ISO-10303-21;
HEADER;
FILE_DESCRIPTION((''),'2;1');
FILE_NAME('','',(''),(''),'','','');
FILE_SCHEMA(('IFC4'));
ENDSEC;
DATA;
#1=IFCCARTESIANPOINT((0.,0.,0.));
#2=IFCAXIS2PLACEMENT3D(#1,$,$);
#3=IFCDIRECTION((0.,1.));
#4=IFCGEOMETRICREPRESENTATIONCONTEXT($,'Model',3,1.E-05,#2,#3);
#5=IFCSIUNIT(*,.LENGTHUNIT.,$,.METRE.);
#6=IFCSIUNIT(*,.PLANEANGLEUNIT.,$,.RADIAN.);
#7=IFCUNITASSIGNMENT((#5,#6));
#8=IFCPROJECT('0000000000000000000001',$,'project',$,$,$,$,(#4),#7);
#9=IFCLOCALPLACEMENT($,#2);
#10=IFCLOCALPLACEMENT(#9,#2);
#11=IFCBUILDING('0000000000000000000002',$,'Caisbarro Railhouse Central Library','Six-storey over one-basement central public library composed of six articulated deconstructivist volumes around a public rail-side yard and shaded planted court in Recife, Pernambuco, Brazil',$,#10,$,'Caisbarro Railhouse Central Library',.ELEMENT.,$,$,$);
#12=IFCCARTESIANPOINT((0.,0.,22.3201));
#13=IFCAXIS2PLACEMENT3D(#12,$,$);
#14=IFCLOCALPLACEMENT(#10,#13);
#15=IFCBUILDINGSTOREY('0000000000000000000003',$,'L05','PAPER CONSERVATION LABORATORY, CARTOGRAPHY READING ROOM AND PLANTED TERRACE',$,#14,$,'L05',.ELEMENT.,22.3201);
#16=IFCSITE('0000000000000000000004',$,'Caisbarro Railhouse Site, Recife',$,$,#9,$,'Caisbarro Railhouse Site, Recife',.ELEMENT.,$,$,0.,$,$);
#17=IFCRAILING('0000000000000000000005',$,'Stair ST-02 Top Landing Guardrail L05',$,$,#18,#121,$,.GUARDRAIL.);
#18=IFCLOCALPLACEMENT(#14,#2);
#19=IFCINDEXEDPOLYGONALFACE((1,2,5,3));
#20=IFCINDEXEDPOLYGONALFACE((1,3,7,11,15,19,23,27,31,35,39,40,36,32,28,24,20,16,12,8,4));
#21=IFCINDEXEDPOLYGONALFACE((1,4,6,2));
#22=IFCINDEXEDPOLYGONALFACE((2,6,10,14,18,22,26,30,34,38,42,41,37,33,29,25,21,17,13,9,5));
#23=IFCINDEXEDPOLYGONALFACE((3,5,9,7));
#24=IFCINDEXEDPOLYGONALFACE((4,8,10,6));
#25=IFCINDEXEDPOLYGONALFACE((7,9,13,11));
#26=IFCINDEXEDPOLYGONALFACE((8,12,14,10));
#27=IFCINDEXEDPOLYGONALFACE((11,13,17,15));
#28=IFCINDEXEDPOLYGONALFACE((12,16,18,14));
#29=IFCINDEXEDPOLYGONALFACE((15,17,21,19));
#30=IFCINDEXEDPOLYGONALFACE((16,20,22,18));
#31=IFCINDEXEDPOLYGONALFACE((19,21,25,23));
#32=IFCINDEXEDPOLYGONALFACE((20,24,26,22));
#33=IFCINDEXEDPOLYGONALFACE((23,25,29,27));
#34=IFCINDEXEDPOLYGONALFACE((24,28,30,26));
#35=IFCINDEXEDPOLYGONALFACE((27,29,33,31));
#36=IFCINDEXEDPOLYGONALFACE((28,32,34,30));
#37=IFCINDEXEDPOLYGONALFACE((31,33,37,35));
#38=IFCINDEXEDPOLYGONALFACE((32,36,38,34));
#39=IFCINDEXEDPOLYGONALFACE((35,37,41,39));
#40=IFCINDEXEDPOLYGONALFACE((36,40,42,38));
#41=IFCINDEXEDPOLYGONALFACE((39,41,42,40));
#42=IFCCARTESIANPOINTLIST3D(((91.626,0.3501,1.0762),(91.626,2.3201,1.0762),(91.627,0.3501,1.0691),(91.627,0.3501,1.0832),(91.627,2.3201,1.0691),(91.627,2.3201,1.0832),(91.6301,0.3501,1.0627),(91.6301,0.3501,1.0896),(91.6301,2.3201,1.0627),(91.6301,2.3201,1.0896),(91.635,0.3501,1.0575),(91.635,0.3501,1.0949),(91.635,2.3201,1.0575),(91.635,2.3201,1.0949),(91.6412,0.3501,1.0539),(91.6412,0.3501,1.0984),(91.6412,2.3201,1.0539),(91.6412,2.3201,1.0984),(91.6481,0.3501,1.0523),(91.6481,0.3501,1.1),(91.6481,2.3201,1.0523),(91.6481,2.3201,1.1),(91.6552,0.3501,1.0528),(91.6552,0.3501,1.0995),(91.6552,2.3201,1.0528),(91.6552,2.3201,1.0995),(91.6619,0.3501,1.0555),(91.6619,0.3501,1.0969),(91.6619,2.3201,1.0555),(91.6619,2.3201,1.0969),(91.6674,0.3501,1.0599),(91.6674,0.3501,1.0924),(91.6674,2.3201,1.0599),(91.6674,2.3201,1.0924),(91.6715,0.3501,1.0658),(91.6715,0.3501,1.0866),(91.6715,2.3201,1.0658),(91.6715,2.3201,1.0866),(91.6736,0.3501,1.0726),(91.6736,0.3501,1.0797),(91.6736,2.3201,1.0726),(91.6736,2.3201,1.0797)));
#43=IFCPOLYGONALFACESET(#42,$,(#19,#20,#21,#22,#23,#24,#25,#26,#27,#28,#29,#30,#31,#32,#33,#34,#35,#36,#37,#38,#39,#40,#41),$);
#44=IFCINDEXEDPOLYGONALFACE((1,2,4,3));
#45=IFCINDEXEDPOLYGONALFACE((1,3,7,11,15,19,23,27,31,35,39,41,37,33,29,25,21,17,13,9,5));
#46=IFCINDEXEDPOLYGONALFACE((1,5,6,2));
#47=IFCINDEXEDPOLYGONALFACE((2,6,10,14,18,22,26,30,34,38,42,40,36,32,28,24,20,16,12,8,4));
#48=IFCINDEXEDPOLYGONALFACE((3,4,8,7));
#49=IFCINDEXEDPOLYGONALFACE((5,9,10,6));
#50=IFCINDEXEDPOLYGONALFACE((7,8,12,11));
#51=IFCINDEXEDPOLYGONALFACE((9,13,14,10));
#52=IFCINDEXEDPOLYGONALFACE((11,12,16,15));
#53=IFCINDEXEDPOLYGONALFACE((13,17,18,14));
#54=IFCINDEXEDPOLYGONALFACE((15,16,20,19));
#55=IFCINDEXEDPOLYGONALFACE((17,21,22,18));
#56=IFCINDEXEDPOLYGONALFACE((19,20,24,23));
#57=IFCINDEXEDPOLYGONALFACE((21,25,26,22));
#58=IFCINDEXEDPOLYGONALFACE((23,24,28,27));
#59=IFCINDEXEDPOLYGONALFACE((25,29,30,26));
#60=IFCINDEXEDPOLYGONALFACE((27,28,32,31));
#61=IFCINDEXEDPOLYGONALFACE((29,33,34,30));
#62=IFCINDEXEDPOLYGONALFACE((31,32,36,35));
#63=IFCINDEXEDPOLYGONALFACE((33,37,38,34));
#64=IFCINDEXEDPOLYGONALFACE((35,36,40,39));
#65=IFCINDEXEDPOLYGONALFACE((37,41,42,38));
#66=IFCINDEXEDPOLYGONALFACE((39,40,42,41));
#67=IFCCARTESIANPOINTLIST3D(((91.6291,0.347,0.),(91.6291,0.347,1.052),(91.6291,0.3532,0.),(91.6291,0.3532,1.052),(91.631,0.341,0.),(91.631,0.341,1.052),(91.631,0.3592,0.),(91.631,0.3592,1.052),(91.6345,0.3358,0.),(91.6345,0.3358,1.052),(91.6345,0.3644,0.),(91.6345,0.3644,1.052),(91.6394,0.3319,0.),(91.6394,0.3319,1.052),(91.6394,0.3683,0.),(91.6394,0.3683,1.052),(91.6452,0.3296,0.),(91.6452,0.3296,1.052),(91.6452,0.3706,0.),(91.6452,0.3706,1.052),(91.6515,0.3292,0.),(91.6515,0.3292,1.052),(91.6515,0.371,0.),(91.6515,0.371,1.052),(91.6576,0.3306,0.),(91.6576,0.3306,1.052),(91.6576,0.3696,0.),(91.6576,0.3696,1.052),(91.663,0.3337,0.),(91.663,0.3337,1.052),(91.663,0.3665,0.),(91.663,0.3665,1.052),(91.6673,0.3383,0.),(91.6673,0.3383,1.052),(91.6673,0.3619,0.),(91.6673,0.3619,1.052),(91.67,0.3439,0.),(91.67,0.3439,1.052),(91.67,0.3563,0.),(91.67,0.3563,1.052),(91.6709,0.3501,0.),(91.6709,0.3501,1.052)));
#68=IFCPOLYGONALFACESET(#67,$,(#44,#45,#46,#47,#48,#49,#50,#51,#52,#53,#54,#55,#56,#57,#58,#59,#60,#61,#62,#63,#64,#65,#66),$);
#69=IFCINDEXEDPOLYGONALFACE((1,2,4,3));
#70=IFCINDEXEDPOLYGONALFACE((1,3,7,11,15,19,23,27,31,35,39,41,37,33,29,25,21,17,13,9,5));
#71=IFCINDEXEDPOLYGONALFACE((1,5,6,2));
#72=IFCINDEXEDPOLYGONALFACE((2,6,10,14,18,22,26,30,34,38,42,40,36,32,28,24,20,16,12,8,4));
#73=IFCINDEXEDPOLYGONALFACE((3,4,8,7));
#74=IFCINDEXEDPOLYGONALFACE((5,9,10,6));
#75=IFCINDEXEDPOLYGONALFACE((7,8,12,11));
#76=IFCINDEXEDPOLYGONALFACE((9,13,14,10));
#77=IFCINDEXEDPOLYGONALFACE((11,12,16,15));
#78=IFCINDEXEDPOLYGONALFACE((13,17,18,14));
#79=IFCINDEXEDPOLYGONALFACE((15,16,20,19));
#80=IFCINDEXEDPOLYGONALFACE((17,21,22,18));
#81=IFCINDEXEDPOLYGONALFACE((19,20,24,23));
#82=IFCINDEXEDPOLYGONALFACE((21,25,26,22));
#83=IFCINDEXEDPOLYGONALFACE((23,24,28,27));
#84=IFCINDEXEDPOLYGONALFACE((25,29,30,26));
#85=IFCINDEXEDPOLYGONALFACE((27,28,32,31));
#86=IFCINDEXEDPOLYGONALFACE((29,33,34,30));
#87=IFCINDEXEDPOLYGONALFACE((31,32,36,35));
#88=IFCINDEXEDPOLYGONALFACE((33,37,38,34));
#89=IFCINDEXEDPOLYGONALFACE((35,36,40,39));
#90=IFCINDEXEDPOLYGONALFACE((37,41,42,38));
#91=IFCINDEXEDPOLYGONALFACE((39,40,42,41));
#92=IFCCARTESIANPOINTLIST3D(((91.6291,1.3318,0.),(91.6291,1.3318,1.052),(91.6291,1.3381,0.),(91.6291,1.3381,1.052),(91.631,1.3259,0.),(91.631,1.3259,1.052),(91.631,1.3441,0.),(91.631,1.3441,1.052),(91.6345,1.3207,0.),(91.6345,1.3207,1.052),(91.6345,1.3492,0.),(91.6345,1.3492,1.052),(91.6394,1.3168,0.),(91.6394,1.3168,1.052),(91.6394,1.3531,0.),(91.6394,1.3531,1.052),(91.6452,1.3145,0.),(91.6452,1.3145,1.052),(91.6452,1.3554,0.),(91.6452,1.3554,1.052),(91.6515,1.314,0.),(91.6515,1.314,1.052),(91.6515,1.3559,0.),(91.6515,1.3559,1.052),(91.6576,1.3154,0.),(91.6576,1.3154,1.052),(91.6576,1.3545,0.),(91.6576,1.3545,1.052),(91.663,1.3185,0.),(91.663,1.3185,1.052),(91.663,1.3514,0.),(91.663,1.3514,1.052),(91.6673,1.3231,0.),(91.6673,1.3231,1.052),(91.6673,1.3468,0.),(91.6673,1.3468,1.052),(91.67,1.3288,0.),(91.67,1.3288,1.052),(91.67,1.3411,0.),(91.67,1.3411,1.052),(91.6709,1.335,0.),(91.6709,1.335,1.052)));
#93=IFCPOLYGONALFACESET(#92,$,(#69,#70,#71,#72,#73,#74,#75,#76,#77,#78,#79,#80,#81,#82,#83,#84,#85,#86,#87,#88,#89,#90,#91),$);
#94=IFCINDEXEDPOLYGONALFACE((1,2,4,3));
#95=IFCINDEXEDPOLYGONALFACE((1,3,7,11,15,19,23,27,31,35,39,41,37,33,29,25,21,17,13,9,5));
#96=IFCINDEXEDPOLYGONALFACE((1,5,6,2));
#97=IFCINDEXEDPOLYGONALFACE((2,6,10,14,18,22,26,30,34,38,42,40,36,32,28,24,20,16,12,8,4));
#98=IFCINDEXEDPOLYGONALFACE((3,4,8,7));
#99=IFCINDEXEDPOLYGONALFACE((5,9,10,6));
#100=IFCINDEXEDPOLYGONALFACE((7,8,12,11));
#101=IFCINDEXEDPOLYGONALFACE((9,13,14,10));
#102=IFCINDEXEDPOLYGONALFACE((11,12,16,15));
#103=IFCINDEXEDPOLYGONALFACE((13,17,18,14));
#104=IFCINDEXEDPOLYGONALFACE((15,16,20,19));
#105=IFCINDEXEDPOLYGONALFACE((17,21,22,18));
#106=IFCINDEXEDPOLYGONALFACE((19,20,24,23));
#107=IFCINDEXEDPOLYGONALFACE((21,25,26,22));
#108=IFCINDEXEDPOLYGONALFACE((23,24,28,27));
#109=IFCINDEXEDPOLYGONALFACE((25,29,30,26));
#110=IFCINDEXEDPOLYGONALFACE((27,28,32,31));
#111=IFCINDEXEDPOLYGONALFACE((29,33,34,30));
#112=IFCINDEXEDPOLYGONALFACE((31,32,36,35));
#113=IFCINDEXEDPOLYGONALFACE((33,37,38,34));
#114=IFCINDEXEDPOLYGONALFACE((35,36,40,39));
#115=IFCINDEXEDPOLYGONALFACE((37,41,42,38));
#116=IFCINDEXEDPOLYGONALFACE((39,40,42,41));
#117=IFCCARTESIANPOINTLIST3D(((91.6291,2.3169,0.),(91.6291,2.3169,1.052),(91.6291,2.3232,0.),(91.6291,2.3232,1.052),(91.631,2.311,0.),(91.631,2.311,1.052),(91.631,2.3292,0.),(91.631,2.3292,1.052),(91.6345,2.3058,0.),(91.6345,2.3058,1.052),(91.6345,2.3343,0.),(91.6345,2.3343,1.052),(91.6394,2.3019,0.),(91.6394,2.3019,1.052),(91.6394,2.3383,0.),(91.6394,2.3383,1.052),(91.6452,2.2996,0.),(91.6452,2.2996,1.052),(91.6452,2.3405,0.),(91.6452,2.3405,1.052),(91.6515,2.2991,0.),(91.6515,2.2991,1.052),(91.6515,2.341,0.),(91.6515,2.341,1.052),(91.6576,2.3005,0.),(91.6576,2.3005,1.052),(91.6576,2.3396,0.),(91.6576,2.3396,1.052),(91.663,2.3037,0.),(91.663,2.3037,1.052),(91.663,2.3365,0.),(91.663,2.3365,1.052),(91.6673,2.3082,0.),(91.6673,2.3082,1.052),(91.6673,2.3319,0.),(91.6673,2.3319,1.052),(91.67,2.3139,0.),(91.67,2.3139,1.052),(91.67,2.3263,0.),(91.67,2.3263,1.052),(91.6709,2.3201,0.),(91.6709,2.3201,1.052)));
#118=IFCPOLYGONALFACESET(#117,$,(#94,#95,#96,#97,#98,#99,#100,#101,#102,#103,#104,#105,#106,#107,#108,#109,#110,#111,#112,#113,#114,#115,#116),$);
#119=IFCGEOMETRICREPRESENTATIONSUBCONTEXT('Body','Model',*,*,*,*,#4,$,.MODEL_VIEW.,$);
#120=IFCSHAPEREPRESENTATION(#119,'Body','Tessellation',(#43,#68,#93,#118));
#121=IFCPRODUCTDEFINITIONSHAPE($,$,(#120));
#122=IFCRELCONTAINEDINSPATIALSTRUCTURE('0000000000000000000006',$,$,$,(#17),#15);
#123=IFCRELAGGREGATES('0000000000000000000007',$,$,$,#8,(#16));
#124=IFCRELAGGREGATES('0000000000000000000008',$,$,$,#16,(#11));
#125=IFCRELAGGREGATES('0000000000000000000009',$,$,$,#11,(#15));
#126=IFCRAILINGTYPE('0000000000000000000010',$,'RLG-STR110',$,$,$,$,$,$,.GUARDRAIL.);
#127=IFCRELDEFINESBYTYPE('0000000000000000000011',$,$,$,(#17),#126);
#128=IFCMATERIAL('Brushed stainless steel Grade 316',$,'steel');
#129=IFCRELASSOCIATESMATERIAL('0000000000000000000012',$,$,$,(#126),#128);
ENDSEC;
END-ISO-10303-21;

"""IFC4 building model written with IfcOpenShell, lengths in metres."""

from ifc_helpers import new_model, si_unit, direction, frame, origin, origin_2d, place, context, subcontext, project, spatial, circle, extrude, material, type_object, element, save


model = new_model("IFC4")

# Units and contexts
model_context = context("Model", 3, precision=1e-05, world=origin(), true_north=direction((0.0, 1.0)))
body_context = subcontext(model_context, "Body", "Model", "MODEL_VIEW")
ifc_project = project(units=[si_unit("LENGTHUNIT", "METRE"), si_unit("PLANEANGLEUNIT", "RADIAN")], contexts=[model_context])

# Site, building, storey
site_placement = place(None, origin())
site = spatial("IfcSite", under=ifc_project, at=site_placement, Name="Caisbarro Railhouse Site, Recife", LongName="Caisbarro Railhouse Site, Recife", CompositionType="ELEMENT", RefElevation=0.0)
building_placement = place(site_placement, origin())
building = spatial("IfcBuilding", under=site, at=building_placement, Name="Caisbarro Railhouse Central Library", Description="Six-storey over one-basement central public library composed of six articulated deconstructivist volumes around a public rail-side yard and shaded planted court in Recife, Pernambuco, Brazil", LongName="Caisbarro Railhouse Central Library", CompositionType="ELEMENT")
storey_placement = place(building_placement, frame((0.0, 0.0, 22.3201)))
storey = spatial("IfcBuildingStorey", under=building, at=storey_placement, Name="L05", Description="PAPER CONSERVATION LABORATORY, CARTOGRAPHY READING ROOM AND PLANTED TERRACE", LongName="L05", CompositionType="ELEMENT", Elevation=22.3201)

# Railing
ifc_material_1 = material(Name="Brushed stainless steel Grade 316", Category="steel")
railing_type_1 = type_object("IfcRailingType", Name="RLG-STR110", PredefinedType="GUARDRAIL", material=ifc_material_1)
railing_1_placement = place(storey_placement, frame((91.6499, 0.3501, 0.0)))
element("IfcRailing", 1, at=railing_1_placement, inside=storey, type_object=railing_type_1, Name="Stair ST-02 Top Landing Guardrail L05", PredefinedType="GUARDRAIL", context=body_context, shape_type="SweptSolid", body=[
    extrude(circle(Radius=0.0239, at=origin_2d()), frame((0.0, 0.0, 1.0762), z_axis=(0.0, 1.0, 0.0), x_axis=(-1.0, 0.0, 0.0)), (0.0, 0.0, 1.0), 1.97),
    extrude(circle(Radius=0.021, at=origin_2d()), origin(), (0.0, 0.0, 1.0), 1.052),
    extrude(circle(Radius=0.021, at=origin_2d()), frame((0.0, 0.9849, 0.0)), (0.0, 0.0, 1.0), 1.052),
    extrude(circle(Radius=0.021, at=origin_2d()), frame((0.0, 1.97, 0.0)), (0.0, 0.0, 1.0), 1.052),
])

save(model, "model.ifc")
